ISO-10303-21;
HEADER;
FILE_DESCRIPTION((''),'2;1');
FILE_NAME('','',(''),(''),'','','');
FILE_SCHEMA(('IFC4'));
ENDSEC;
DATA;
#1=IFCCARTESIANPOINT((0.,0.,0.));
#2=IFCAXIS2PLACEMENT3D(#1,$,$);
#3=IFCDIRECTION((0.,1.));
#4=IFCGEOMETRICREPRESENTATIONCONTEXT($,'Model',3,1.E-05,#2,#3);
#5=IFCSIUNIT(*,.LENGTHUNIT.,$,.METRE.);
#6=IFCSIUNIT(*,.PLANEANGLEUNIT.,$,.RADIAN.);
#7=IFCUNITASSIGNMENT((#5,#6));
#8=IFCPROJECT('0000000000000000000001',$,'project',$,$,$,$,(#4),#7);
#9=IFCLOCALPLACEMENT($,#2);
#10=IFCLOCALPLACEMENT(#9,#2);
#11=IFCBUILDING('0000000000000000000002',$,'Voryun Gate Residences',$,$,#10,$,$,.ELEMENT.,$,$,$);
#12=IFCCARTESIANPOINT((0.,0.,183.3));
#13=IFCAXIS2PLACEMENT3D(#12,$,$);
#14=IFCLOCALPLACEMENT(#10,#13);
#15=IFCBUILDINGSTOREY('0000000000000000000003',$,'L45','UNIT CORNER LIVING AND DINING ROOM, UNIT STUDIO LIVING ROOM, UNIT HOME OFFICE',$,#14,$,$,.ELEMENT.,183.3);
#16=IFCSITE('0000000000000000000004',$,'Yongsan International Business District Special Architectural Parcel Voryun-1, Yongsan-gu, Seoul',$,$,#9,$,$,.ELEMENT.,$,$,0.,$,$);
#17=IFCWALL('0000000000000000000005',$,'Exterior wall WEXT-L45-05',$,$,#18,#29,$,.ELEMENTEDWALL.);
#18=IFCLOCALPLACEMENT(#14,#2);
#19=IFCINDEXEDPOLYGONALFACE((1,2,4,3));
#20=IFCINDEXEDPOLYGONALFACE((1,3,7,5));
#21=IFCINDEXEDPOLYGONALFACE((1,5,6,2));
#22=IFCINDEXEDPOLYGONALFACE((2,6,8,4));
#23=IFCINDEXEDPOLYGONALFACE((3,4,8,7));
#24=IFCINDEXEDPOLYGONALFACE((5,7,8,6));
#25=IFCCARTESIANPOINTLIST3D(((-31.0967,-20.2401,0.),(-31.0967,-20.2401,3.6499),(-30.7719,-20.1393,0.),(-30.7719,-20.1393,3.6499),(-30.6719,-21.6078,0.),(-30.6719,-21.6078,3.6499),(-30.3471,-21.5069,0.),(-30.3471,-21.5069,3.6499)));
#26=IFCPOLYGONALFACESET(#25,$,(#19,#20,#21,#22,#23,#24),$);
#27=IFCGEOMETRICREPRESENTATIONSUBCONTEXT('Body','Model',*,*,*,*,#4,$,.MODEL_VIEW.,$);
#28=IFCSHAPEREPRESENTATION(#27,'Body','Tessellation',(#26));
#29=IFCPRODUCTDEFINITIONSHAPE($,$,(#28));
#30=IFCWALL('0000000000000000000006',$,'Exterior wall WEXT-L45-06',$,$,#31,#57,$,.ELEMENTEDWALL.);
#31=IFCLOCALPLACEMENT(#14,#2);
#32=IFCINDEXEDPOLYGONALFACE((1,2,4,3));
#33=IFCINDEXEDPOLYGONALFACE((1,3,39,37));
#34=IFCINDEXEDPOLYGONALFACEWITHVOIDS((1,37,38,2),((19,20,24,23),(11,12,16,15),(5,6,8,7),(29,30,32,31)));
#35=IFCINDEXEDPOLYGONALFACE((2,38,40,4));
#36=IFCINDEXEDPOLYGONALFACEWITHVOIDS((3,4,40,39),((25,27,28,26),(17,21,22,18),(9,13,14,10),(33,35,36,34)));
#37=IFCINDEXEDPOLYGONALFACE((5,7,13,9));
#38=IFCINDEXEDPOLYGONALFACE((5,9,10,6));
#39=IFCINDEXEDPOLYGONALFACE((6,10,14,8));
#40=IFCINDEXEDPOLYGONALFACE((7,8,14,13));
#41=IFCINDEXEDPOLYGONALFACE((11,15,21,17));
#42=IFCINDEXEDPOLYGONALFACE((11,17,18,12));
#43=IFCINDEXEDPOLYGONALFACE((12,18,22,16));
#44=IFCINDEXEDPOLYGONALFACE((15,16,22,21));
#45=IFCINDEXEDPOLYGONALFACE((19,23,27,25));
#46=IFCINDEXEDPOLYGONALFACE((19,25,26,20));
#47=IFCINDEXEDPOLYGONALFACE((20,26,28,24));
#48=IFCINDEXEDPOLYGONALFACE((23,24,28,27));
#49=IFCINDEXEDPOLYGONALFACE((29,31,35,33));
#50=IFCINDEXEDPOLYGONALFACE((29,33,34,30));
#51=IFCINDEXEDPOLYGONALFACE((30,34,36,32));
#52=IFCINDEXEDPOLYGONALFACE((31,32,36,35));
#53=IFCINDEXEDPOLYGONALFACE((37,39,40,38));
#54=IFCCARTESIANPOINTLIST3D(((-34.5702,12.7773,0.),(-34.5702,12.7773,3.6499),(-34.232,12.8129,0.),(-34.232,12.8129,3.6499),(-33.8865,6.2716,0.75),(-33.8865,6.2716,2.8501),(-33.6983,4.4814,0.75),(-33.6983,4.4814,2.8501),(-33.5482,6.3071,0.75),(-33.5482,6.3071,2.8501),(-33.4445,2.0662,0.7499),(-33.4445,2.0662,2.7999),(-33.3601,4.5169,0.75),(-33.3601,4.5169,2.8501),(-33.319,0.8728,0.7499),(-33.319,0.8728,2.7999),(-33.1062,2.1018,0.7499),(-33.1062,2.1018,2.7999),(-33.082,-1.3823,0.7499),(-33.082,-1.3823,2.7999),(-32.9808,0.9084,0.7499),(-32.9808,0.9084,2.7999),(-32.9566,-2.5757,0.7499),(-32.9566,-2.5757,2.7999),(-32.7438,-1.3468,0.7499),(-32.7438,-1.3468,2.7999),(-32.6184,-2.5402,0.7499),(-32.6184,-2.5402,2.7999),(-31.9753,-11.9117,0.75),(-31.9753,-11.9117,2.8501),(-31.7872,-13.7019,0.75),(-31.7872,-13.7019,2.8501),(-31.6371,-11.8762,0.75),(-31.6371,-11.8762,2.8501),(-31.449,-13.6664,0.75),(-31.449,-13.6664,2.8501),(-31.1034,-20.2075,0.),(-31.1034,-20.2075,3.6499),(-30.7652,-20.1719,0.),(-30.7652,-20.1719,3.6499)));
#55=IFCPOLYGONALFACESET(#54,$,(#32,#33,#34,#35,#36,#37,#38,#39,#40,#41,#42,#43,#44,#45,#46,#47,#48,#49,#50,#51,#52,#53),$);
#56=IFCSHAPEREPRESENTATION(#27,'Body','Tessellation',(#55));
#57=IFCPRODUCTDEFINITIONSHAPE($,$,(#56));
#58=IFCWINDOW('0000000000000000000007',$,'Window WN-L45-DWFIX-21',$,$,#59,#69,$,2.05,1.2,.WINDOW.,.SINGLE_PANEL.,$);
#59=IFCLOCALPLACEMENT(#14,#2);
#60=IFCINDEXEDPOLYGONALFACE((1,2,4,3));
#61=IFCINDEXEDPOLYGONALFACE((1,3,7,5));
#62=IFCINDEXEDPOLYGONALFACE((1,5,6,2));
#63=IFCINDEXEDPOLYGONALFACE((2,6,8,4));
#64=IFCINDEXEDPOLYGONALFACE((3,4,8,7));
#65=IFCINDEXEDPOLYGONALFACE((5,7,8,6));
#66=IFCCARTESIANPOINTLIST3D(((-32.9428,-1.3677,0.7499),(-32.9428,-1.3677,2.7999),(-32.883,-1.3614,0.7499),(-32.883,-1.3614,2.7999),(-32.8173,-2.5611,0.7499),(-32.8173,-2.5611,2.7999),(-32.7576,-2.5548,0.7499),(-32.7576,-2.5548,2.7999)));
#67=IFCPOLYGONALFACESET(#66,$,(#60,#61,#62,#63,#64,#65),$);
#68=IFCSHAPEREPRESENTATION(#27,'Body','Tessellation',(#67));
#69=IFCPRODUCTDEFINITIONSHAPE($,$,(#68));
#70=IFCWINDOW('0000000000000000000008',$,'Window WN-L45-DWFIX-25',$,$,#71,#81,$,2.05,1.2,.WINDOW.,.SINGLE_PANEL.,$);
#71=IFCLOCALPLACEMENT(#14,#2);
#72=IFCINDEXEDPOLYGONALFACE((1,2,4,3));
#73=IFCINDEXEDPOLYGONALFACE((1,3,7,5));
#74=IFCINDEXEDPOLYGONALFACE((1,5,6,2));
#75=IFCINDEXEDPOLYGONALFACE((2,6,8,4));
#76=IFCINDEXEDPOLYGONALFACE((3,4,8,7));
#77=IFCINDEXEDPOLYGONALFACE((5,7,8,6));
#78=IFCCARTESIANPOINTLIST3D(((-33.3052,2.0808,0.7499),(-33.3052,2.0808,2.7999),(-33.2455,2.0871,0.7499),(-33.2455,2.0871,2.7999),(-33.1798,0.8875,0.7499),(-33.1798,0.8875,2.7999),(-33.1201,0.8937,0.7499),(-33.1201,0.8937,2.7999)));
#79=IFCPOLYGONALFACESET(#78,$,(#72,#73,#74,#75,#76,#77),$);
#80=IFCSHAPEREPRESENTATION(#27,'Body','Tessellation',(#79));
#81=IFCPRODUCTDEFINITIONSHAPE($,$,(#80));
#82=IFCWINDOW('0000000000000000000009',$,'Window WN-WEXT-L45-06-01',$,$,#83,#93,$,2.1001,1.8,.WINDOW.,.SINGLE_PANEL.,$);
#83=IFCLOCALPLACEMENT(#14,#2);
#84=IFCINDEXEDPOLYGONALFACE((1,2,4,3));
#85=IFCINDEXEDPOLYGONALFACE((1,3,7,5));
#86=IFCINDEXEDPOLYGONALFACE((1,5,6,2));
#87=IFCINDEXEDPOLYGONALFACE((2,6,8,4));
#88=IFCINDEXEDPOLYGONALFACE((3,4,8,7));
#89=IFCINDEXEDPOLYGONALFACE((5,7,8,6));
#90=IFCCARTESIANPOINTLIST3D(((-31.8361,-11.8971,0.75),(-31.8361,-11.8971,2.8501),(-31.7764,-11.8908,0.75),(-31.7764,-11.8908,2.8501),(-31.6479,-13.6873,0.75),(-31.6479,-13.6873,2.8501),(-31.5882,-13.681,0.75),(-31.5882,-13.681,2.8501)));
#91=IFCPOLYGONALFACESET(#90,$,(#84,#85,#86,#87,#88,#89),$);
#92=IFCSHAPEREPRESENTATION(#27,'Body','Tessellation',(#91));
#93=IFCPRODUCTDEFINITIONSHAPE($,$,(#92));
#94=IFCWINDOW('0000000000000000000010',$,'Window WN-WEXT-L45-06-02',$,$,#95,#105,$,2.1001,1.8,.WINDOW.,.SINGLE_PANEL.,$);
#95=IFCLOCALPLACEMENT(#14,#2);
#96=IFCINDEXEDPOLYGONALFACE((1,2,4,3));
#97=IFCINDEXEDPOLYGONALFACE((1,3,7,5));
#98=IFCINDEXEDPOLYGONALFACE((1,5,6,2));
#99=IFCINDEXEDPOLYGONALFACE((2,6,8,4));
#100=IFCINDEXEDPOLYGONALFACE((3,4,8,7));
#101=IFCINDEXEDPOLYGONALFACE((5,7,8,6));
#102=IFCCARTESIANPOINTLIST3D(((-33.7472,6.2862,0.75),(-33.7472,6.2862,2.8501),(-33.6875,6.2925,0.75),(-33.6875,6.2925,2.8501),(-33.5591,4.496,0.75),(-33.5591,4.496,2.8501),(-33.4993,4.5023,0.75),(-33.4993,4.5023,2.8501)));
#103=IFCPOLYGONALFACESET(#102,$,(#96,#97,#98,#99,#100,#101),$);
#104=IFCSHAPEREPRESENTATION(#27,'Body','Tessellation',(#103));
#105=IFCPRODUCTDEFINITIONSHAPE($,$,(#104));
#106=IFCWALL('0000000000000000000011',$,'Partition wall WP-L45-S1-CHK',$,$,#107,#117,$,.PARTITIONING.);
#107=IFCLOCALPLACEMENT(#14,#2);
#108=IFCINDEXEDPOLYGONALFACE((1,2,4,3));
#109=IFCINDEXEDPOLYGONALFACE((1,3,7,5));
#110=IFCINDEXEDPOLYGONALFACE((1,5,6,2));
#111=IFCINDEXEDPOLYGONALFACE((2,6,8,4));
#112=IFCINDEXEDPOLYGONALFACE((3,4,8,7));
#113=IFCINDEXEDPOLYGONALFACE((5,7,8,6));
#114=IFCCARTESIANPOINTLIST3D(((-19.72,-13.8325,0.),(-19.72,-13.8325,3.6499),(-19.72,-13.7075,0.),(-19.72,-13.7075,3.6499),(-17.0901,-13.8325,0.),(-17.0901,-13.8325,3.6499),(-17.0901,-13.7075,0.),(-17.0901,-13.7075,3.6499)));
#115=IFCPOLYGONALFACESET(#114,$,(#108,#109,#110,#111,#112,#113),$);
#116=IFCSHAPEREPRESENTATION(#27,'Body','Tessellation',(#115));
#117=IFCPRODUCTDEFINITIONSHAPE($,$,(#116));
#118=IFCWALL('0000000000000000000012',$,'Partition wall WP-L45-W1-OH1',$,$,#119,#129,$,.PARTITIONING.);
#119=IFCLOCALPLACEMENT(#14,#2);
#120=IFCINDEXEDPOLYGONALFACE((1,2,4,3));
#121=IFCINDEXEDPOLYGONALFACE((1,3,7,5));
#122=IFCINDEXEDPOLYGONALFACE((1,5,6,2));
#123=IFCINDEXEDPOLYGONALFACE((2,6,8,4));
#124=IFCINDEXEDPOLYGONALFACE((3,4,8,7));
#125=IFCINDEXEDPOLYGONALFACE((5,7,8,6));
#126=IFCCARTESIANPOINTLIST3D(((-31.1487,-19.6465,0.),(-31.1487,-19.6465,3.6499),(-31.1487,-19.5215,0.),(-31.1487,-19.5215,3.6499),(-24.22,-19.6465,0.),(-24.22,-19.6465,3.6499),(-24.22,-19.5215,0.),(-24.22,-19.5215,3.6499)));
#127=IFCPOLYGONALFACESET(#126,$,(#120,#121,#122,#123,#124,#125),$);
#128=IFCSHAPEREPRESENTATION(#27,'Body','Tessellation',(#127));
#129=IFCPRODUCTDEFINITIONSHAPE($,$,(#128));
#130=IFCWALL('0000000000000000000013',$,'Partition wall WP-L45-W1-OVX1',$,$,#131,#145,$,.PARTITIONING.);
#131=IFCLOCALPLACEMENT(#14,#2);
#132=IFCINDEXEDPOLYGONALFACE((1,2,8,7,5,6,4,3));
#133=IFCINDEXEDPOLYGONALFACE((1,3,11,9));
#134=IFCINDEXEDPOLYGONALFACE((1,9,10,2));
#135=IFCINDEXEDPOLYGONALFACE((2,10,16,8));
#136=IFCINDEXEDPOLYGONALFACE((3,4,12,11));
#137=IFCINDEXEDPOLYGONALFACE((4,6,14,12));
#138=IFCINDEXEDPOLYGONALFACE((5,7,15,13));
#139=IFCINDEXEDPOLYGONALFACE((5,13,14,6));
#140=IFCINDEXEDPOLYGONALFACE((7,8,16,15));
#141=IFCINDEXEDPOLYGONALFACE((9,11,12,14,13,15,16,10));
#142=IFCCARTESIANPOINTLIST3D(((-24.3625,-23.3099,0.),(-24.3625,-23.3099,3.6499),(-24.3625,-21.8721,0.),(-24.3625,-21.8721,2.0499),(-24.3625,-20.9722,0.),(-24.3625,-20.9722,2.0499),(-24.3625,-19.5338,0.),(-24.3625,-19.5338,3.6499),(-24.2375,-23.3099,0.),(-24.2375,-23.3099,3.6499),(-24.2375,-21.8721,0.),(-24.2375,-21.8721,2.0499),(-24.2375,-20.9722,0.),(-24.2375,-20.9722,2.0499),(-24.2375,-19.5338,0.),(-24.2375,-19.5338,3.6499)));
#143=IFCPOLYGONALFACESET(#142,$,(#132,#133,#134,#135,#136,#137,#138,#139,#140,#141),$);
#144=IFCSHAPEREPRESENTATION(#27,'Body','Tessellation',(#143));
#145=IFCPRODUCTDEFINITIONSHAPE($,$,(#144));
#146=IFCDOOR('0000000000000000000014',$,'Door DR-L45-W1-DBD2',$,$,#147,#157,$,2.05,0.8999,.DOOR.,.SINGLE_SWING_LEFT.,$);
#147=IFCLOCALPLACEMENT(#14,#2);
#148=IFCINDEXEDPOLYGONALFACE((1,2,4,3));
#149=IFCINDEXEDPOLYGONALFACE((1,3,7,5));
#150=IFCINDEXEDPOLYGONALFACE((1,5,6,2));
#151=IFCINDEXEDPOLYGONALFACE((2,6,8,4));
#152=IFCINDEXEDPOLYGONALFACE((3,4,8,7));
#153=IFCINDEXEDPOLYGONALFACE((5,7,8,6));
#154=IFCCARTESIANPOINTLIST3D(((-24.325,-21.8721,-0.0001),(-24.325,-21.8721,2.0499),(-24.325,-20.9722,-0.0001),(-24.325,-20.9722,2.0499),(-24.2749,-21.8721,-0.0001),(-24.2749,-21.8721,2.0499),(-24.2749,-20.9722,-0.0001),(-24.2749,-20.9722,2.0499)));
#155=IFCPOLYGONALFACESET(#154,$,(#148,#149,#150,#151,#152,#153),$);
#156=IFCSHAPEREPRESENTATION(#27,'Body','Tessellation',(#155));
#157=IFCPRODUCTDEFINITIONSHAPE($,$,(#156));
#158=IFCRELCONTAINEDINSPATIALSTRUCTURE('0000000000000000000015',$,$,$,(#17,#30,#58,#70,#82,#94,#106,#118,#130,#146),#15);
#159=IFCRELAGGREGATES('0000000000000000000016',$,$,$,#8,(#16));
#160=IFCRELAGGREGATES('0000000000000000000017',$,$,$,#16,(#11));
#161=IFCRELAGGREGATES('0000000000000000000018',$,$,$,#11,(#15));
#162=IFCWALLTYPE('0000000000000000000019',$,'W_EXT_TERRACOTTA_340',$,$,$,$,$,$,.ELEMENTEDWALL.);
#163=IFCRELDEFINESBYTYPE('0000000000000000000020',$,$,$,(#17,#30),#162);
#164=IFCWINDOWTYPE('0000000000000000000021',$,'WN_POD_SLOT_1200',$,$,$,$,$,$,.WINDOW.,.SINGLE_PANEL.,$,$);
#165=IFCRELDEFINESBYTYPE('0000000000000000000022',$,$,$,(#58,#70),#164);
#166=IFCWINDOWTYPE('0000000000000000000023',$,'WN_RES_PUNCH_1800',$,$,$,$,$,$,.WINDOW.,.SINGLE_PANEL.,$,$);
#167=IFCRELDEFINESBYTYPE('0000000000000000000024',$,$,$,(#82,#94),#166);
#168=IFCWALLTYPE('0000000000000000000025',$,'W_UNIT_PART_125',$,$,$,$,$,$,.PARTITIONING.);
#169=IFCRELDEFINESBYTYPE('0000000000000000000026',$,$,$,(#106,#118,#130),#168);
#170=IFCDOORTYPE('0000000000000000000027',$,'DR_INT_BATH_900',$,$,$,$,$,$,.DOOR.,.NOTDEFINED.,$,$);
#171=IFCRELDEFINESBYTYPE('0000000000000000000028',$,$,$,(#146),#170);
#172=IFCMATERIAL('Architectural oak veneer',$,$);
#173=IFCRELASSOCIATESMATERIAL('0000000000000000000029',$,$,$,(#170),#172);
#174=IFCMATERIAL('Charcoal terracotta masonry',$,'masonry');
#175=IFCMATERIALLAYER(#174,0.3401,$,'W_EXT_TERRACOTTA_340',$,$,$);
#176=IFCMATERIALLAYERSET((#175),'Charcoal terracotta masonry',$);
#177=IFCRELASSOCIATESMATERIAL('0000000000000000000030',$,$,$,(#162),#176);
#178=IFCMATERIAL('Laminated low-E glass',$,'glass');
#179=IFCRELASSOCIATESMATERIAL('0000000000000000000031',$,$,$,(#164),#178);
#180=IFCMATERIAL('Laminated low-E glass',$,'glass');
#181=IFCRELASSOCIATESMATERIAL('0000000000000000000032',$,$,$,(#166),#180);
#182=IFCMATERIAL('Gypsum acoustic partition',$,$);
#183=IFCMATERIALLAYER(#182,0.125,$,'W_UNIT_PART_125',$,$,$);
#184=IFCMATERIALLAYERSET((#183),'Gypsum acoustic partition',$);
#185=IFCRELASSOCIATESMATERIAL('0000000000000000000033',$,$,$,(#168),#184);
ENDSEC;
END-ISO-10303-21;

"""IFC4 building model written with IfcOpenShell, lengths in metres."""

from ifc_helpers import new_model, si_unit, direction, frame, frame_2d, origin, place, context, subcontext, project, spatial, rectangle, extrude, material, layer, layer_set, type_object, element, fill, save


model = new_model("IFC4")

# Units and contexts
model_context = context("Model", 3, precision=1e-05, world=origin(), true_north=direction((0.0, 1.0)))
body_context = subcontext(model_context, "Body", "Model", "MODEL_VIEW")
ifc_project = project(units=[si_unit("LENGTHUNIT", "METRE"), si_unit("PLANEANGLEUNIT", "RADIAN")], contexts=[model_context])

# Site, building, storey
site_placement = place(None, origin())
site = spatial("IfcSite", under=ifc_project, at=site_placement, Name="Yongsan International Business District Special Architectural Parcel Voryun-1, Yongsan-gu, Seoul", CompositionType="ELEMENT", RefElevation=0.0)
building_placement = place(site_placement, origin())
building = spatial("IfcBuilding", under=site, at=building_placement, Name="Voryun Gate Residences", CompositionType="ELEMENT")
storey_placement = place(building_placement, frame((0.0, 0.0, 183.3)))
storey = spatial("IfcBuildingStorey", under=building, at=storey_placement, Name="L45", Description="UNIT CORNER LIVING AND DINING ROOM, UNIT STUDIO LIVING ROOM, UNIT HOME OFFICE", CompositionType="ELEMENT", Elevation=183.3)

# Shared definitions
ifc_material_1 = material(Name="Architectural oak veneer")
door_type_1 = type_object("IfcDoorType", Name="DR_INT_BATH_900", OperationType="NOTDEFINED", PredefinedType="DOOR", material=ifc_material_1)

# Wall
ifc_material_2 = material(Name="Charcoal terracotta masonry", Category="masonry")
ifc_layer_1 = layer(ifc_material_2, 0.3401, Name="W_EXT_TERRACOTTA_340")
ifc_layer_set_1 = layer_set([ifc_layer_1], Name="Charcoal terracotta masonry")
wall_type_1 = type_object("IfcWallType", Name="W_EXT_TERRACOTTA_340", PredefinedType="ELEMENTEDWALL", material=ifc_layer_set_1)
wall_1_placement = place(storey_placement, frame((-30.5095, -21.5574, 0.0), z_axis=(0.0, 0.0, 1.0), x_axis=(-0.296624, 0.954994, 0.0)))
element("IfcWall", 1, at=wall_1_placement, inside=storey, type_object=wall_type_1, Name="Exterior wall WEXT-L45-05", PredefinedType="ELEMENTEDWALL", context=body_context, shape_type="SweptSolid", body=[
    extrude(rectangle(XDim=1.4321, YDim=0.3401, at=frame_2d((0.7161, 0.0))), origin(), (0.0, 0.0, 1.0), 3.6499),
])

# Wall, openings, windows
wall_2_placement = place(storey_placement, frame((-30.9343, -20.1897, 0.0), z_axis=(0.0, 0.0, 1.0), x_axis=(-0.104527, 0.994522, 0.0)))
wall_2 = element("IfcWall", 2, at=wall_2_placement, inside=storey, type_object=wall_type_1, Name="Exterior wall WEXT-L45-06", PredefinedType="ELEMENTEDWALL", context=body_context, shape_type="SweptSolid", body=[
    extrude(rectangle(XDim=33.1665, YDim=0.3401, at=frame_2d((16.5833, 0.0))), origin(), (0.0, 0.0, 1.0), 3.6499),
])
opening_1_placement = place(wall_2_placement, frame((6.5415, 0.0, 0.75)))
opening_1 = element("IfcOpeningElement", 3, at=opening_1_placement, cuts=wall_2, PredefinedType="OPENING", context=body_context, shape_type="SweptSolid", body=[
    extrude(rectangle(XDim=1.8, YDim=2.1001, at=frame_2d((0.8999, 1.05))), frame((0.0, 0.1799, 0.0), z_axis=(0.0, -1.0, 0.0), x_axis=(1.0, 0.0, 0.0)), (0.0, 0.0, 1.0), 0.3601),
])
opening_2_placement = place(wall_2_placement, frame((24.825, 0.0, 0.75)))
opening_2 = element("IfcOpeningElement", 4, at=opening_2_placement, cuts=wall_2, PredefinedType="OPENING", context=body_context, shape_type="SweptSolid", body=[
    extrude(rectangle(XDim=1.8, YDim=2.1001, at=frame_2d((0.8999, 1.05))), frame((0.0, 0.1799, 0.0), z_axis=(0.0, -1.0, 0.0), x_axis=(1.0, 0.0, 0.0)), (0.0, 0.0, 1.0), 0.3601),
])
opening_3_placement = place(wall_2_placement, frame((17.7288, 0.0, 0.75)))
opening_3 = element("IfcOpeningElement", 5, at=opening_3_placement, cuts=wall_2, PredefinedType="OPENING", context=body_context, shape_type="SweptSolid", body=[
    extrude(rectangle(XDim=1.2, YDim=2.05, at=frame_2d((0.6001, 1.0249))), frame((0.0, 0.1799, 0.0), z_axis=(0.0, -1.0, 0.0), x_axis=(1.0, 0.0, 0.0)), (0.0, 0.0, 1.0), 0.3601),
])
opening_4_placement = place(wall_2_placement, frame((21.1963, 0.0, 0.75)))
opening_4 = element("IfcOpeningElement", 6, at=opening_4_placement, cuts=wall_2, PredefinedType="OPENING", context=body_context, shape_type="SweptSolid", body=[
    extrude(rectangle(XDim=1.2, YDim=2.05, at=frame_2d((0.6001, 1.0249))), frame((0.0, 0.1799, 0.0), z_axis=(0.0, -1.0, 0.0), x_axis=(1.0, 0.0, 0.0)), (0.0, 0.0, 1.0), 0.3601),
])
ifc_material_3 = material(Name="Laminated low-E glass", Category="glass")
window_type_1 = type_object("IfcWindowType", Name="WN_POD_SLOT_1200", PartitioningType="SINGLE_PANEL", PredefinedType="WINDOW", material=ifc_material_3)
window_1_placement = place(opening_3_placement, origin())
window_1 = element("IfcWindow", 7, at=window_1_placement, inside=storey, type_object=window_type_1, Name="Window WN-L45-DWFIX-21", OverallHeight=2.05, OverallWidth=1.2, PartitioningType="SINGLE_PANEL", PredefinedType="WINDOW", context=body_context, shape_type="SweptSolid", body=[
    extrude(rectangle(XDim=1.2, YDim=2.05, at=frame_2d((0.6001, 1.0249))), frame((0.0, 0.03, 0.0), z_axis=(0.0, -1.0, 0.0), x_axis=(1.0, 0.0, 0.0)), (0.0, 0.0, 1.0), 0.0601),
])
fill(opening_3, window_1)
window_2_placement = place(opening_4_placement, origin())
window_2 = element("IfcWindow", 8, at=window_2_placement, inside=storey, type_object=window_type_1, Name="Window WN-L45-DWFIX-25", OverallHeight=2.05, OverallWidth=1.2, PartitioningType="SINGLE_PANEL", PredefinedType="WINDOW", context=body_context, shape_type="SweptSolid", body=[
    extrude(rectangle(XDim=1.2, YDim=2.05, at=frame_2d((0.6001, 1.0249))), frame((0.0, 0.03, 0.0), z_axis=(0.0, -1.0, 0.0), x_axis=(1.0, 0.0, 0.0)), (0.0, 0.0, 1.0), 0.0601),
])
fill(opening_4, window_2)
ifc_material_4 = material(Name="Laminated low-E glass", Category="glass")
window_type_2 = type_object("IfcWindowType", Name="WN_RES_PUNCH_1800", PartitioningType="SINGLE_PANEL", PredefinedType="WINDOW", material=ifc_material_4)
window_3_placement = place(opening_1_placement, origin())
window_3 = element("IfcWindow", 9, at=window_3_placement, inside=storey, type_object=window_type_2, Name="Window WN-WEXT-L45-06-01", OverallHeight=2.1001, OverallWidth=1.8, PartitioningType="SINGLE_PANEL", PredefinedType="WINDOW", context=body_context, shape_type="SweptSolid", body=[
    extrude(rectangle(XDim=1.8, YDim=2.1001, at=frame_2d((0.8999, 1.05))), frame((0.0, 0.03, 0.0), z_axis=(0.0, -1.0, 0.0), x_axis=(1.0, 0.0, 0.0)), (0.0, 0.0, 1.0), 0.0601),
])
fill(opening_1, window_3)
window_4_placement = place(opening_2_placement, origin())
window_4 = element("IfcWindow", 10, at=window_4_placement, inside=storey, type_object=window_type_2, Name="Window WN-WEXT-L45-06-02", OverallHeight=2.1001, OverallWidth=1.8, PartitioningType="SINGLE_PANEL", PredefinedType="WINDOW", context=body_context, shape_type="SweptSolid", body=[
    extrude(rectangle(XDim=1.8, YDim=2.1001, at=frame_2d((0.8999, 1.05))), frame((0.0, 0.03, 0.0), z_axis=(0.0, -1.0, 0.0), x_axis=(1.0, 0.0, 0.0)), (0.0, 0.0, 1.0), 0.0601),
])
fill(opening_2, window_4)

# Walls
ifc_material_5 = material(Name="Gypsum acoustic partition")
ifc_layer_2 = layer(ifc_material_5, 0.125, Name="W_UNIT_PART_125")
ifc_layer_set_2 = layer_set([ifc_layer_2], Name="Gypsum acoustic partition")
wall_type_2 = type_object("IfcWallType", Name="W_UNIT_PART_125", PredefinedType="PARTITIONING", material=ifc_layer_set_2)
wall_3_placement = place(storey_placement, frame((-19.72, -13.77, 0.0), z_axis=(0.0, 0.0, 1.0), x_axis=(1.0, 0.0, 0.0)))
element("IfcWall", 11, at=wall_3_placement, inside=storey, type_object=wall_type_2, Name="Partition wall WP-L45-S1-CHK", PredefinedType="PARTITIONING", context=body_context, shape_type="SweptSolid", body=[
    extrude(rectangle(XDim=2.6299, YDim=0.125, at=frame_2d((1.3149, 0.0))), origin(), (0.0, 0.0, 1.0), 3.6499),
])
wall_4_placement = place(storey_placement, frame((-31.1487, -19.584, 0.0), z_axis=(0.0, 0.0, 1.0), x_axis=(1.0, 0.0, 0.0)))
element("IfcWall", 12, at=wall_4_placement, inside=storey, type_object=wall_type_2, Name="Partition wall WP-L45-W1-OH1", PredefinedType="PARTITIONING", context=body_context, shape_type="SweptSolid", body=[
    extrude(rectangle(XDim=6.9287, YDim=0.125, at=frame_2d((3.4644, 0.0))), origin(), (0.0, 0.0, 1.0), 3.6499),
])

# Wall, opening, door
wall_5_placement = place(storey_placement, frame((-24.3, -23.3101, 0.0), z_axis=(0.0, 0.0, 1.0), x_axis=(0.0, 1.0, 0.0)))
wall_5 = element("IfcWall", 13, at=wall_5_placement, inside=storey, type_object=wall_type_2, Name="Partition wall WP-L45-W1-OVX1", PredefinedType="PARTITIONING", context=body_context, shape_type="SweptSolid", body=[
    extrude(rectangle(XDim=3.7761, YDim=0.125, at=frame_2d((1.8882, 0.0))), origin(), (0.0, 0.0, 1.0), 3.6499),
])
opening_5_placement = place(wall_5_placement, frame((1.438, 0.0, 0.0)))
opening_5 = element("IfcOpeningElement", 14, at=opening_5_placement, cuts=wall_5, PredefinedType="OPENING", context=body_context, shape_type="SweptSolid", body=[
    extrude(rectangle(XDim=0.8999, YDim=2.05, at=frame_2d((0.45, 1.0249))), frame((0.0, 0.0725, 0.0), z_axis=(0.0, -1.0, 0.0), x_axis=(1.0, 0.0, 0.0)), (0.0, 0.0, 1.0), 0.145),
])
door_1_placement = place(opening_5_placement, origin())
door_1 = element("IfcDoor", 15, at=door_1_placement, inside=storey, type_object=door_type_1, Name="Door DR-L45-W1-DBD2", OperationType="SINGLE_SWING_LEFT", OverallHeight=2.05, OverallWidth=0.8999, PredefinedType="DOOR", context=body_context, shape_type="SweptSolid", body=[
    extrude(rectangle(XDim=0.8999, YDim=2.05, at=frame_2d((0.45, 1.0249))), frame((0.0, 0.0249, 0.0), z_axis=(0.0, -1.0, 0.0), x_axis=(1.0, 0.0, 0.0)), (0.0, 0.0, 1.0), 0.05),
])
fill(opening_5, door_1)

save(model, "model.ifc")
